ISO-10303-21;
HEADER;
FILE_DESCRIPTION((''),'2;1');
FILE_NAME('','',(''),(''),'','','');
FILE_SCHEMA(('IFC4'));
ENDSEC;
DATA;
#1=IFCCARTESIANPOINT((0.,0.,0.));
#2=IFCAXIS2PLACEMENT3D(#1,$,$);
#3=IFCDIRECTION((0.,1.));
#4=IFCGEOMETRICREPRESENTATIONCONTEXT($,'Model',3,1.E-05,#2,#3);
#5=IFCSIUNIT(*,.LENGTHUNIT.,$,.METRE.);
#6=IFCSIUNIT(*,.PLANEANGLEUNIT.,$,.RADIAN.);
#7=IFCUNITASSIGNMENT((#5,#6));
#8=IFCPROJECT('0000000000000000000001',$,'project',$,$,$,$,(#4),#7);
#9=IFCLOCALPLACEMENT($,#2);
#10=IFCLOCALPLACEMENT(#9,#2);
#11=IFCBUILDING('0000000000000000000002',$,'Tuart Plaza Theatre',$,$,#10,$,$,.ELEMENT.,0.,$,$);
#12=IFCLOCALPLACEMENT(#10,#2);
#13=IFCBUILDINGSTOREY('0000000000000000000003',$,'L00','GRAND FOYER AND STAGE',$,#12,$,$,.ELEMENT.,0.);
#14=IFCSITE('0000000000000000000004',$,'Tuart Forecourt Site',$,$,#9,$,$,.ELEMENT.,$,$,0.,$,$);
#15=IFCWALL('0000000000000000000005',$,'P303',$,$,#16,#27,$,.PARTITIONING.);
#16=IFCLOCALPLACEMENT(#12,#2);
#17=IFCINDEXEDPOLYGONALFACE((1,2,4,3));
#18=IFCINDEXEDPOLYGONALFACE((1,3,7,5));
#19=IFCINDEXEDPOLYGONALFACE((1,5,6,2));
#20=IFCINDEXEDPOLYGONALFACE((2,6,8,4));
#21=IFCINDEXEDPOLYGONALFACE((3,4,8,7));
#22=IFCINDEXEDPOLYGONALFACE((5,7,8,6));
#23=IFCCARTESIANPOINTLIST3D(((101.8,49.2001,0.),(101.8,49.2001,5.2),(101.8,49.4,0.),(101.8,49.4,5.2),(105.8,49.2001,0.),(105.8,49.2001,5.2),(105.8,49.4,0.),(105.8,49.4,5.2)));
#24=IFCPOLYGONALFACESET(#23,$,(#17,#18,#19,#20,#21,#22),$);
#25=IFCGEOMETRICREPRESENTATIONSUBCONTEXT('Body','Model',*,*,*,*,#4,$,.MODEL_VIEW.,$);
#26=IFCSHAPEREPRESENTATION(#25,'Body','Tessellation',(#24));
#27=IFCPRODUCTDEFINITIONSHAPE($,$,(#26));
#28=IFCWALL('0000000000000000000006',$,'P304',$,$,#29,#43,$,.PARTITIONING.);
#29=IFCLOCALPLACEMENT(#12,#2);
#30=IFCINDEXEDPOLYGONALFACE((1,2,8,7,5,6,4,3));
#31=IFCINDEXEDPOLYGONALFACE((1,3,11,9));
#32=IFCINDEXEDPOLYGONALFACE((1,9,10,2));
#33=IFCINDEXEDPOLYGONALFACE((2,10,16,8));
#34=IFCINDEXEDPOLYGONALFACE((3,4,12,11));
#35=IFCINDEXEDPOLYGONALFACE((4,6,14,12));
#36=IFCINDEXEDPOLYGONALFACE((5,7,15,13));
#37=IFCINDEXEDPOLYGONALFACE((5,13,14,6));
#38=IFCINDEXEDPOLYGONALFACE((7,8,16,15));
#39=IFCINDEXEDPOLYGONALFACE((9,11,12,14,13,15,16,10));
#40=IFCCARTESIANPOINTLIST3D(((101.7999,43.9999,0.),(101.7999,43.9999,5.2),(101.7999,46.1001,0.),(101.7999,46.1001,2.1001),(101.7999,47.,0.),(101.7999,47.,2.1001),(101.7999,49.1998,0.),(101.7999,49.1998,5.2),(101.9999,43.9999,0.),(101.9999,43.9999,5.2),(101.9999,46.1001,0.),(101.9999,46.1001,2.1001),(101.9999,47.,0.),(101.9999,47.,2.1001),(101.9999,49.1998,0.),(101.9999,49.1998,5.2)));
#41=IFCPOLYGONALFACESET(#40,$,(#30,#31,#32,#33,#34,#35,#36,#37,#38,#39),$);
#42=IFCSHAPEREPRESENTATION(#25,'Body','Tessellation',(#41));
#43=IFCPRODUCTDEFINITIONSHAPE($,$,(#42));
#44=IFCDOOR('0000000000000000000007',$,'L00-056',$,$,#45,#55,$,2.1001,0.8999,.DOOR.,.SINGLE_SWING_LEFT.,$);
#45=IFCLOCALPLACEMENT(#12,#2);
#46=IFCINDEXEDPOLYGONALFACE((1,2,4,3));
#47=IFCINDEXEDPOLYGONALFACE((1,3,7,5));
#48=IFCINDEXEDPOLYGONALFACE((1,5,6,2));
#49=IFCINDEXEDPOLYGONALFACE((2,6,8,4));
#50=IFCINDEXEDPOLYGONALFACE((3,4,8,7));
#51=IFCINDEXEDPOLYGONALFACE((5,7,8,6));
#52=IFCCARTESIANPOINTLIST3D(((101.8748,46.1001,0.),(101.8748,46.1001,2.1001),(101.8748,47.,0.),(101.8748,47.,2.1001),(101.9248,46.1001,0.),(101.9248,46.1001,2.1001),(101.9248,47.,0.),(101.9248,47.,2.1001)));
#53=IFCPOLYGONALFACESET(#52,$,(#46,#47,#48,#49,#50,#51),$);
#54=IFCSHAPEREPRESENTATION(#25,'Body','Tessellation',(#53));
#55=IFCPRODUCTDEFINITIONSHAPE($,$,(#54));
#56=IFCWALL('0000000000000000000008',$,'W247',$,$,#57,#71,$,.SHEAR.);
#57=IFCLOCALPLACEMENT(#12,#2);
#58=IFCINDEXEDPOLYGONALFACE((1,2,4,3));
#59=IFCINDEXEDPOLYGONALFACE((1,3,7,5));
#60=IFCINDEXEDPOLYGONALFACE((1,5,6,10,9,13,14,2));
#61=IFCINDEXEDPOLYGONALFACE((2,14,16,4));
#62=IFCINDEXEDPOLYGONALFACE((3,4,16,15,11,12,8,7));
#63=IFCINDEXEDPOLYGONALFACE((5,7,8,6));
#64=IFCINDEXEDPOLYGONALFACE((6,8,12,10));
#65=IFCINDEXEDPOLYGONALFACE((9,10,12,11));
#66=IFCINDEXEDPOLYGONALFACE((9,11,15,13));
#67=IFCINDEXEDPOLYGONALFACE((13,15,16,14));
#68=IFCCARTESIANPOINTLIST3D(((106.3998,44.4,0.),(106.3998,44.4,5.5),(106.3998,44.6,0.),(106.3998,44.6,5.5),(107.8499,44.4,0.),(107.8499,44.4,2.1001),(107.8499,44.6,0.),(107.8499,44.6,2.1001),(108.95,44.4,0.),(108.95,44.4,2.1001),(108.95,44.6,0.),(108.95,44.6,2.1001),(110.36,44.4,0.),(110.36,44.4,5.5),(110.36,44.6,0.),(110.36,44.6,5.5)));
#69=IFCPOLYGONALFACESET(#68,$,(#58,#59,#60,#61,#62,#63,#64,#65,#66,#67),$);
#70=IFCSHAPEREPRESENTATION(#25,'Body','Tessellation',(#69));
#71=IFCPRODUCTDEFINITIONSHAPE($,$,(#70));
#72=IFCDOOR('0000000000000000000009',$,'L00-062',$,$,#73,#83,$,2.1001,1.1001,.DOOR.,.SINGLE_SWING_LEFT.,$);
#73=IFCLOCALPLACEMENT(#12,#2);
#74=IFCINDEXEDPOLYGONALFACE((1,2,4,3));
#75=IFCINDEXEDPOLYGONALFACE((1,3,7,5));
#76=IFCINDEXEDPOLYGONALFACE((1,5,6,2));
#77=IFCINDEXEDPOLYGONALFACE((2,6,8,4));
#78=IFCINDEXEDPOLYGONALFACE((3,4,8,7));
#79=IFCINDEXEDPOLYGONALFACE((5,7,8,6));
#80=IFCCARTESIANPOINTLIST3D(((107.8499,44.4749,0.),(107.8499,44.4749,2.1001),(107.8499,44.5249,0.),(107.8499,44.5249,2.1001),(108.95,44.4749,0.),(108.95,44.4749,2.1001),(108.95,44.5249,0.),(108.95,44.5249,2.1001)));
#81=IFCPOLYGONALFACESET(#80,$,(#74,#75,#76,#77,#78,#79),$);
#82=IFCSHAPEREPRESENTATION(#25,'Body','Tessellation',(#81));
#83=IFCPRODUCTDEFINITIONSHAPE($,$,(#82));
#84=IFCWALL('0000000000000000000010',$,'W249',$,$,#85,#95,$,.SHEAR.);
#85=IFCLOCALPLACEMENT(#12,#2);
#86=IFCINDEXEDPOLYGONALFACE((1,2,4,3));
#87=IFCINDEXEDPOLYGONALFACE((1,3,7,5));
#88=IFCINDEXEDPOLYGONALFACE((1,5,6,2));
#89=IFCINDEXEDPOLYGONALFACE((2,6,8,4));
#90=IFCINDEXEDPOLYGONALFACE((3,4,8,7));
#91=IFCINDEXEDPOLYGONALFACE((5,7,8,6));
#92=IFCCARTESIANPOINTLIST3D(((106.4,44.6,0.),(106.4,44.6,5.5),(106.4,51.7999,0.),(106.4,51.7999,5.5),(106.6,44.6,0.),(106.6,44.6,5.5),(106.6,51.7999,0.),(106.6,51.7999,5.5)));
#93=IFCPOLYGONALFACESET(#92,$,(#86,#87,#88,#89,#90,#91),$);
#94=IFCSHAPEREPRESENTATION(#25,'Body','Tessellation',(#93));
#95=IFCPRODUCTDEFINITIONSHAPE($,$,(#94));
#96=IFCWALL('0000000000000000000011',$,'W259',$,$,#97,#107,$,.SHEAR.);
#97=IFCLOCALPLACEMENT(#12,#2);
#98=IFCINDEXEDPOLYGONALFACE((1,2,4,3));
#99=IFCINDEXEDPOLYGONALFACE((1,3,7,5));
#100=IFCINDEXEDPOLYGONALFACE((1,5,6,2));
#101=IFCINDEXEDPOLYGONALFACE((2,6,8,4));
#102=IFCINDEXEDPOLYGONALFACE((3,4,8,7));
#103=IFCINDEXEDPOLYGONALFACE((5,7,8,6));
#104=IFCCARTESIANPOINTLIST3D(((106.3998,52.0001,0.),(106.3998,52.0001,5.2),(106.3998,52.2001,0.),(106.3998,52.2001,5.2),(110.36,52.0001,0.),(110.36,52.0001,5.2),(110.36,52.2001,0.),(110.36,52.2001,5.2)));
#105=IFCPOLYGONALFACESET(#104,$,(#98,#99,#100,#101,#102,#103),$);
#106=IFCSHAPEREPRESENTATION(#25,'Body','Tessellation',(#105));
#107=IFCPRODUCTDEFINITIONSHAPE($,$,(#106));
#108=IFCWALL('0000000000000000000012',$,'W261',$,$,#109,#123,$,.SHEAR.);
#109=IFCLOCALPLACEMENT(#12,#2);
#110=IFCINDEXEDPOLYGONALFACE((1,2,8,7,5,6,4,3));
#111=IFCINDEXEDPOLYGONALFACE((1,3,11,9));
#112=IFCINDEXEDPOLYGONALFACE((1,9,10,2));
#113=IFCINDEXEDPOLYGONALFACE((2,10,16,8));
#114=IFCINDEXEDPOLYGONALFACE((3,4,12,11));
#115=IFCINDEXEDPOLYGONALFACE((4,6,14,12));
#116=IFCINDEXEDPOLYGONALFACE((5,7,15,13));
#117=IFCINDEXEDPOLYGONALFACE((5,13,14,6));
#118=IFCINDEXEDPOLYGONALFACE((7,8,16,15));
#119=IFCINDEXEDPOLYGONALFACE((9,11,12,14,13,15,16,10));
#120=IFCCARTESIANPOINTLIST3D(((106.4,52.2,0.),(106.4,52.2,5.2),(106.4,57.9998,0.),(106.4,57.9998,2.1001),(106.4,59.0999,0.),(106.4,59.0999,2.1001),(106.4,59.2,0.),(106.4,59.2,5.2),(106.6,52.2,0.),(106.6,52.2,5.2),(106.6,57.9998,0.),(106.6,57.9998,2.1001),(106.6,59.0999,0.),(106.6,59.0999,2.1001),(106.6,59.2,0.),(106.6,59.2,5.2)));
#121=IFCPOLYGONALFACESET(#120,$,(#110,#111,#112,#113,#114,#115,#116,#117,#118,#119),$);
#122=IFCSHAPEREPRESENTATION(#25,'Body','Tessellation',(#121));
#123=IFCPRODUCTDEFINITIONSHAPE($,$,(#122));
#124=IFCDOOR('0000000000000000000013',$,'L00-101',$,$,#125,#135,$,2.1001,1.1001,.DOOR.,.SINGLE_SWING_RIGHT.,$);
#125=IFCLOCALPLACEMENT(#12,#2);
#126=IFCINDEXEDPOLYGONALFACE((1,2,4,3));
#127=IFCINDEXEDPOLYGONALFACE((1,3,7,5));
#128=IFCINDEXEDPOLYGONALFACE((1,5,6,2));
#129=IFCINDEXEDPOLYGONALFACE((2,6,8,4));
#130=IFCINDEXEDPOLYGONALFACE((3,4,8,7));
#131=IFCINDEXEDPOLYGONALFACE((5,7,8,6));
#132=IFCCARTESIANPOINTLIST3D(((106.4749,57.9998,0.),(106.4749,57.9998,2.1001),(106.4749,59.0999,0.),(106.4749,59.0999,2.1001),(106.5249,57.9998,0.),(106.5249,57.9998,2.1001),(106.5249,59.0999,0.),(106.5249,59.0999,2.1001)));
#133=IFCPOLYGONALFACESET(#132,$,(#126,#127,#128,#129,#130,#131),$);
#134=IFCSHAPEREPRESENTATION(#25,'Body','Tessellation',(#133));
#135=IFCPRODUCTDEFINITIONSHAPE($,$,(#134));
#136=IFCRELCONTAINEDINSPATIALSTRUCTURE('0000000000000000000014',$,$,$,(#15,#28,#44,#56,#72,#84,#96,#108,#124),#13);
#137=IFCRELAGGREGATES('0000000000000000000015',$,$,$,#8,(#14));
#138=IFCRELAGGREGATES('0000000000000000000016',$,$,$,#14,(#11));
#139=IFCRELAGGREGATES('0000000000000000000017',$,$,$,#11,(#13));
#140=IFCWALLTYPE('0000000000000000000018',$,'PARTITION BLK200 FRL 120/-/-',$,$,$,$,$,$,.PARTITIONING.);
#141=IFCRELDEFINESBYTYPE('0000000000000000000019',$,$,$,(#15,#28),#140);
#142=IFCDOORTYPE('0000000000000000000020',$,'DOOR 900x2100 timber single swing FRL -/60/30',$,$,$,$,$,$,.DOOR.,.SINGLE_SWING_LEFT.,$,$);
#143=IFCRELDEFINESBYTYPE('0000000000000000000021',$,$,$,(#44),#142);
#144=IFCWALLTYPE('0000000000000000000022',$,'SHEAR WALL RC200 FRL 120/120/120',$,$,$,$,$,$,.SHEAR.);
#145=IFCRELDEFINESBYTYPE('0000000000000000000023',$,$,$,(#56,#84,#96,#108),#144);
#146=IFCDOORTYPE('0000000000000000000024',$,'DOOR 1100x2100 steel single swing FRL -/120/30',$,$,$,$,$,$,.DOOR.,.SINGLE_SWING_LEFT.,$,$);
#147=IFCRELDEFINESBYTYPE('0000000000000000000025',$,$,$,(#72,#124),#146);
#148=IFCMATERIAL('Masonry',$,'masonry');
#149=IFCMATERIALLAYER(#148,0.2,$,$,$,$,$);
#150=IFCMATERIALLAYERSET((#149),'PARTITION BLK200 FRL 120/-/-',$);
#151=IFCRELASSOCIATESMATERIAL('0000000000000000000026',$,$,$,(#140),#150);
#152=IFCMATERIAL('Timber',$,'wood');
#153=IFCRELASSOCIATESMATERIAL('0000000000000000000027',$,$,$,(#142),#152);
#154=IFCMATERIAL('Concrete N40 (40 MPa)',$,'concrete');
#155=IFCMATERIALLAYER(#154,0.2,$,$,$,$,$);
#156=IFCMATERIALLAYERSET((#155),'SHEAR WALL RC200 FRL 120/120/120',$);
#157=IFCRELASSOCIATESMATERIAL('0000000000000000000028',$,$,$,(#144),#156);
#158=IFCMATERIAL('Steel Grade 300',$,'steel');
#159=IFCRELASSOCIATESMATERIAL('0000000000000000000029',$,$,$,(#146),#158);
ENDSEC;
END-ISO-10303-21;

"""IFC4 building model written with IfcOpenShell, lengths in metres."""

from ifc_helpers import new_model, si_unit, direction, frame, frame_2d, origin, place, context, subcontext, project, spatial, rectangle, extrude, material, layer, layer_set, type_object, element, fill, save


model = new_model("IFC4")

# Units and contexts
model_context = context("Model", 3, precision=1e-05, world=origin(), true_north=direction((0.0, 1.0)))
body_context = subcontext(model_context, "Body", "Model", "MODEL_VIEW")
ifc_project = project(units=[si_unit("LENGTHUNIT", "METRE"), si_unit("PLANEANGLEUNIT", "RADIAN")], contexts=[model_context])

# Site, building, storey
site_placement = place(None, origin())
site = spatial("IfcSite", under=ifc_project, at=site_placement, Name="Tuart Forecourt Site", CompositionType="ELEMENT", RefElevation=0.0)
building_placement = place(site_placement, origin())
building = spatial("IfcBuilding", under=site, at=building_placement, Name="Tuart Plaza Theatre", CompositionType="ELEMENT", ElevationOfRefHeight=0.0)
storey_placement = place(building_placement, origin())
storey = spatial("IfcBuildingStorey", under=building, at=storey_placement, Name="L00", Description="GRAND FOYER AND STAGE", CompositionType="ELEMENT", Elevation=0.0)

# Shared definitions
ifc_material_1 = material(Name="Masonry", Category="masonry")
ifc_layer_1 = layer(ifc_material_1, 0.2)
ifc_layer_set_1 = layer_set([ifc_layer_1], Name="PARTITION BLK200 FRL 120/-/-")
wall_type_1 = type_object("IfcWallType", Name="PARTITION BLK200 FRL 120/-/-", PredefinedType="PARTITIONING", material=ifc_layer_set_1)

# Wall
wall_1_placement = place(storey_placement, frame((105.8, 49.3, 0.0), z_axis=(0.0, 0.0, 1.0), x_axis=(-1.0, 0.0, 0.0)))
element("IfcWall", 1, at=wall_1_placement, inside=storey, type_object=wall_type_1, Name="P303", PredefinedType="PARTITIONING", context=body_context, shape_type="SweptSolid", body=[
    extrude(rectangle(XDim=4.0, YDim=0.2, at=frame_2d((2.0, 0.0))), origin(), (0.0, 0.0, 1.0), 5.2),
])

# Walls, openings, doors
wall_2_placement = place(storey_placement, frame((101.8999, 49.2, 0.0), z_axis=(0.0, 0.0, 1.0), x_axis=(0.0, -1.0, 0.0)))
wall_2 = element("IfcWall", 2, at=wall_2_placement, inside=storey, type_object=wall_type_1, Name="P304", PredefinedType="PARTITIONING", context=body_context, shape_type="SweptSolid", body=[
    extrude(rectangle(XDim=5.2, YDim=0.2, at=frame_2d((2.6001, 0.0))), origin(), (0.0, 0.0, 1.0), 5.2),
])
opening_1_placement = place(wall_2_placement, frame((2.2, 0.0, 0.0)))
opening_1 = element("IfcOpeningElement", 3, at=opening_1_placement, cuts=wall_2, PredefinedType="OPENING", context=body_context, shape_type="SweptSolid", body=[
    extrude(rectangle(XDim=0.8999, YDim=2.1001, at=frame_2d((0.45, 1.05))), frame((0.0, 0.1099, 0.0), z_axis=(0.0, -1.0, 0.0), x_axis=(1.0, 0.0, 0.0)), (0.0, 0.0, 1.0), 0.22),
])
ifc_material_2 = material(Name="Timber", Category="wood")
door_type_1 = type_object("IfcDoorType", Name="DOOR 900x2100 timber single swing FRL -/60/30", OperationType="SINGLE_SWING_LEFT", PredefinedType="DOOR", material=ifc_material_2)
door_1_placement = place(opening_1_placement, origin())
door_1 = element("IfcDoor", 4, at=door_1_placement, inside=storey, type_object=door_type_1, Name="L00-056", OperationType="SINGLE_SWING_LEFT", OverallHeight=2.1001, OverallWidth=0.8999, PredefinedType="DOOR", context=body_context, shape_type="SweptSolid", body=[
    extrude(rectangle(XDim=0.8999, YDim=2.1001, at=frame_2d((0.45, 1.05))), frame((0.0, 0.0249, 0.0), z_axis=(0.0, -1.0, 0.0), x_axis=(1.0, 0.0, 0.0)), (0.0, 0.0, 1.0), 0.05),
])
fill(opening_1, door_1)
ifc_material_3 = material(Name="Concrete N40 (40 MPa)", Category="concrete")
ifc_layer_2 = layer(ifc_material_3, 0.2)
ifc_layer_set_2 = layer_set([ifc_layer_2], Name="SHEAR WALL RC200 FRL 120/120/120")
wall_type_2 = type_object("IfcWallType", Name="SHEAR WALL RC200 FRL 120/120/120", PredefinedType="SHEAR", material=ifc_layer_set_2)
wall_3_placement = place(storey_placement, frame((106.3999, 44.5, 0.0), z_axis=(0.0, 0.0, 1.0), x_axis=(1.0, 0.0, 0.0)))
wall_3 = element("IfcWall", 5, at=wall_3_placement, inside=storey, type_object=wall_type_2, Name="W247", PredefinedType="SHEAR", context=body_context, shape_type="SweptSolid", body=[
    extrude(rectangle(XDim=3.9602, YDim=0.2, at=frame_2d((1.98, 0.0))), origin(), (0.0, 0.0, 1.0), 5.5),
])
opening_2_placement = place(wall_3_placement, frame((1.45, 0.0, 0.0)))
opening_2 = element("IfcOpeningElement", 6, at=opening_2_placement, cuts=wall_3, PredefinedType="OPENING", context=body_context, shape_type="SweptSolid", body=[
    extrude(rectangle(XDim=1.1001, YDim=2.1001, at=frame_2d((0.55, 1.05))), frame((0.0, 0.1099, 0.0), z_axis=(0.0, -1.0, 0.0), x_axis=(1.0, 0.0, 0.0)), (0.0, 0.0, 1.0), 0.22),
])
ifc_material_4 = material(Name="Steel Grade 300", Category="steel")
door_type_2 = type_object("IfcDoorType", Name="DOOR 1100x2100 steel single swing FRL -/120/30", OperationType="SINGLE_SWING_LEFT", PredefinedType="DOOR", material=ifc_material_4)
door_2_placement = place(opening_2_placement, origin())
door_2 = element("IfcDoor", 7, at=door_2_placement, inside=storey, type_object=door_type_2, Name="L00-062", OperationType="SINGLE_SWING_LEFT", OverallHeight=2.1001, OverallWidth=1.1001, PredefinedType="DOOR", context=body_context, shape_type="SweptSolid", body=[
    extrude(rectangle(XDim=1.1001, YDim=2.1001, at=frame_2d((0.55, 1.05))), frame((0.0, 0.0249, 0.0), z_axis=(0.0, -1.0, 0.0), x_axis=(1.0, 0.0, 0.0)), (0.0, 0.0, 1.0), 0.05),
])
fill(opening_2, door_2)

# Walls
wall_4_placement = place(storey_placement, frame((106.5, 51.8, 0.0), z_axis=(0.0, 0.0, 1.0), x_axis=(0.0, -1.0, 0.0)))
element("IfcWall", 8, at=wall_4_placement, inside=storey, type_object=wall_type_2, Name="W249", PredefinedType="SHEAR", context=body_context, shape_type="SweptSolid", body=[
    extrude(rectangle(XDim=7.2, YDim=0.2, at=frame_2d((3.6001, 0.0))), origin(), (0.0, 0.0, 1.0), 5.5),
])
wall_5_placement = place(storey_placement, frame((106.3999, 52.1001, 0.0), z_axis=(0.0, 0.0, 1.0), x_axis=(1.0, 0.0, 0.0)))
element("IfcWall", 9, at=wall_5_placement, inside=storey, type_object=wall_type_2, Name="W259", PredefinedType="SHEAR", context=body_context, shape_type="SweptSolid", body=[
    extrude(rectangle(XDim=3.9602, YDim=0.2, at=frame_2d((1.98, 0.0))), origin(), (0.0, 0.0, 1.0), 5.2),
])

# Wall, opening, door
wall_6_placement = place(storey_placement, frame((106.5, 59.2, 0.0), z_axis=(0.0, 0.0, 1.0), x_axis=(0.0, -1.0, 0.0)))
wall_6 = element("IfcWall", 10, at=wall_6_placement, inside=storey, type_object=wall_type_2, Name="W261", PredefinedType="SHEAR", context=body_context, shape_type="SweptSolid", body=[
    extrude(rectangle(XDim=7.0, YDim=0.2, at=frame_2d((3.5, 0.0))), origin(), (0.0, 0.0, 1.0), 5.2),
])
opening_3_placement = place(wall_6_placement, frame((0.1001, 0.0, 0.0)))
opening_3 = element("IfcOpeningElement", 11, at=opening_3_placement, cuts=wall_6, PredefinedType="OPENING", context=body_context, shape_type="SweptSolid", body=[
    extrude(rectangle(XDim=1.1001, YDim=2.1001, at=frame_2d((0.55, 1.05))), frame((0.0, 0.1099, 0.0), z_axis=(0.0, -1.0, 0.0), x_axis=(1.0, 0.0, 0.0)), (0.0, 0.0, 1.0), 0.22),
])
door_3_placement = place(opening_3_placement, origin())
door_3 = element("IfcDoor", 12, at=door_3_placement, inside=storey, type_object=door_type_2, Name="L00-101", OperationType="SINGLE_SWING_RIGHT", OverallHeight=2.1001, OverallWidth=1.1001, PredefinedType="DOOR", context=body_context, shape_type="SweptSolid", body=[
    extrude(rectangle(XDim=1.1001, YDim=2.1001, at=frame_2d((0.55, 1.05))), frame((0.0, 0.0249, 0.0), z_axis=(0.0, -1.0, 0.0), x_axis=(1.0, 0.0, 0.0)), (0.0, 0.0, 1.0), 0.05),
])
fill(opening_3, door_3)

save(model, "model.ifc")
